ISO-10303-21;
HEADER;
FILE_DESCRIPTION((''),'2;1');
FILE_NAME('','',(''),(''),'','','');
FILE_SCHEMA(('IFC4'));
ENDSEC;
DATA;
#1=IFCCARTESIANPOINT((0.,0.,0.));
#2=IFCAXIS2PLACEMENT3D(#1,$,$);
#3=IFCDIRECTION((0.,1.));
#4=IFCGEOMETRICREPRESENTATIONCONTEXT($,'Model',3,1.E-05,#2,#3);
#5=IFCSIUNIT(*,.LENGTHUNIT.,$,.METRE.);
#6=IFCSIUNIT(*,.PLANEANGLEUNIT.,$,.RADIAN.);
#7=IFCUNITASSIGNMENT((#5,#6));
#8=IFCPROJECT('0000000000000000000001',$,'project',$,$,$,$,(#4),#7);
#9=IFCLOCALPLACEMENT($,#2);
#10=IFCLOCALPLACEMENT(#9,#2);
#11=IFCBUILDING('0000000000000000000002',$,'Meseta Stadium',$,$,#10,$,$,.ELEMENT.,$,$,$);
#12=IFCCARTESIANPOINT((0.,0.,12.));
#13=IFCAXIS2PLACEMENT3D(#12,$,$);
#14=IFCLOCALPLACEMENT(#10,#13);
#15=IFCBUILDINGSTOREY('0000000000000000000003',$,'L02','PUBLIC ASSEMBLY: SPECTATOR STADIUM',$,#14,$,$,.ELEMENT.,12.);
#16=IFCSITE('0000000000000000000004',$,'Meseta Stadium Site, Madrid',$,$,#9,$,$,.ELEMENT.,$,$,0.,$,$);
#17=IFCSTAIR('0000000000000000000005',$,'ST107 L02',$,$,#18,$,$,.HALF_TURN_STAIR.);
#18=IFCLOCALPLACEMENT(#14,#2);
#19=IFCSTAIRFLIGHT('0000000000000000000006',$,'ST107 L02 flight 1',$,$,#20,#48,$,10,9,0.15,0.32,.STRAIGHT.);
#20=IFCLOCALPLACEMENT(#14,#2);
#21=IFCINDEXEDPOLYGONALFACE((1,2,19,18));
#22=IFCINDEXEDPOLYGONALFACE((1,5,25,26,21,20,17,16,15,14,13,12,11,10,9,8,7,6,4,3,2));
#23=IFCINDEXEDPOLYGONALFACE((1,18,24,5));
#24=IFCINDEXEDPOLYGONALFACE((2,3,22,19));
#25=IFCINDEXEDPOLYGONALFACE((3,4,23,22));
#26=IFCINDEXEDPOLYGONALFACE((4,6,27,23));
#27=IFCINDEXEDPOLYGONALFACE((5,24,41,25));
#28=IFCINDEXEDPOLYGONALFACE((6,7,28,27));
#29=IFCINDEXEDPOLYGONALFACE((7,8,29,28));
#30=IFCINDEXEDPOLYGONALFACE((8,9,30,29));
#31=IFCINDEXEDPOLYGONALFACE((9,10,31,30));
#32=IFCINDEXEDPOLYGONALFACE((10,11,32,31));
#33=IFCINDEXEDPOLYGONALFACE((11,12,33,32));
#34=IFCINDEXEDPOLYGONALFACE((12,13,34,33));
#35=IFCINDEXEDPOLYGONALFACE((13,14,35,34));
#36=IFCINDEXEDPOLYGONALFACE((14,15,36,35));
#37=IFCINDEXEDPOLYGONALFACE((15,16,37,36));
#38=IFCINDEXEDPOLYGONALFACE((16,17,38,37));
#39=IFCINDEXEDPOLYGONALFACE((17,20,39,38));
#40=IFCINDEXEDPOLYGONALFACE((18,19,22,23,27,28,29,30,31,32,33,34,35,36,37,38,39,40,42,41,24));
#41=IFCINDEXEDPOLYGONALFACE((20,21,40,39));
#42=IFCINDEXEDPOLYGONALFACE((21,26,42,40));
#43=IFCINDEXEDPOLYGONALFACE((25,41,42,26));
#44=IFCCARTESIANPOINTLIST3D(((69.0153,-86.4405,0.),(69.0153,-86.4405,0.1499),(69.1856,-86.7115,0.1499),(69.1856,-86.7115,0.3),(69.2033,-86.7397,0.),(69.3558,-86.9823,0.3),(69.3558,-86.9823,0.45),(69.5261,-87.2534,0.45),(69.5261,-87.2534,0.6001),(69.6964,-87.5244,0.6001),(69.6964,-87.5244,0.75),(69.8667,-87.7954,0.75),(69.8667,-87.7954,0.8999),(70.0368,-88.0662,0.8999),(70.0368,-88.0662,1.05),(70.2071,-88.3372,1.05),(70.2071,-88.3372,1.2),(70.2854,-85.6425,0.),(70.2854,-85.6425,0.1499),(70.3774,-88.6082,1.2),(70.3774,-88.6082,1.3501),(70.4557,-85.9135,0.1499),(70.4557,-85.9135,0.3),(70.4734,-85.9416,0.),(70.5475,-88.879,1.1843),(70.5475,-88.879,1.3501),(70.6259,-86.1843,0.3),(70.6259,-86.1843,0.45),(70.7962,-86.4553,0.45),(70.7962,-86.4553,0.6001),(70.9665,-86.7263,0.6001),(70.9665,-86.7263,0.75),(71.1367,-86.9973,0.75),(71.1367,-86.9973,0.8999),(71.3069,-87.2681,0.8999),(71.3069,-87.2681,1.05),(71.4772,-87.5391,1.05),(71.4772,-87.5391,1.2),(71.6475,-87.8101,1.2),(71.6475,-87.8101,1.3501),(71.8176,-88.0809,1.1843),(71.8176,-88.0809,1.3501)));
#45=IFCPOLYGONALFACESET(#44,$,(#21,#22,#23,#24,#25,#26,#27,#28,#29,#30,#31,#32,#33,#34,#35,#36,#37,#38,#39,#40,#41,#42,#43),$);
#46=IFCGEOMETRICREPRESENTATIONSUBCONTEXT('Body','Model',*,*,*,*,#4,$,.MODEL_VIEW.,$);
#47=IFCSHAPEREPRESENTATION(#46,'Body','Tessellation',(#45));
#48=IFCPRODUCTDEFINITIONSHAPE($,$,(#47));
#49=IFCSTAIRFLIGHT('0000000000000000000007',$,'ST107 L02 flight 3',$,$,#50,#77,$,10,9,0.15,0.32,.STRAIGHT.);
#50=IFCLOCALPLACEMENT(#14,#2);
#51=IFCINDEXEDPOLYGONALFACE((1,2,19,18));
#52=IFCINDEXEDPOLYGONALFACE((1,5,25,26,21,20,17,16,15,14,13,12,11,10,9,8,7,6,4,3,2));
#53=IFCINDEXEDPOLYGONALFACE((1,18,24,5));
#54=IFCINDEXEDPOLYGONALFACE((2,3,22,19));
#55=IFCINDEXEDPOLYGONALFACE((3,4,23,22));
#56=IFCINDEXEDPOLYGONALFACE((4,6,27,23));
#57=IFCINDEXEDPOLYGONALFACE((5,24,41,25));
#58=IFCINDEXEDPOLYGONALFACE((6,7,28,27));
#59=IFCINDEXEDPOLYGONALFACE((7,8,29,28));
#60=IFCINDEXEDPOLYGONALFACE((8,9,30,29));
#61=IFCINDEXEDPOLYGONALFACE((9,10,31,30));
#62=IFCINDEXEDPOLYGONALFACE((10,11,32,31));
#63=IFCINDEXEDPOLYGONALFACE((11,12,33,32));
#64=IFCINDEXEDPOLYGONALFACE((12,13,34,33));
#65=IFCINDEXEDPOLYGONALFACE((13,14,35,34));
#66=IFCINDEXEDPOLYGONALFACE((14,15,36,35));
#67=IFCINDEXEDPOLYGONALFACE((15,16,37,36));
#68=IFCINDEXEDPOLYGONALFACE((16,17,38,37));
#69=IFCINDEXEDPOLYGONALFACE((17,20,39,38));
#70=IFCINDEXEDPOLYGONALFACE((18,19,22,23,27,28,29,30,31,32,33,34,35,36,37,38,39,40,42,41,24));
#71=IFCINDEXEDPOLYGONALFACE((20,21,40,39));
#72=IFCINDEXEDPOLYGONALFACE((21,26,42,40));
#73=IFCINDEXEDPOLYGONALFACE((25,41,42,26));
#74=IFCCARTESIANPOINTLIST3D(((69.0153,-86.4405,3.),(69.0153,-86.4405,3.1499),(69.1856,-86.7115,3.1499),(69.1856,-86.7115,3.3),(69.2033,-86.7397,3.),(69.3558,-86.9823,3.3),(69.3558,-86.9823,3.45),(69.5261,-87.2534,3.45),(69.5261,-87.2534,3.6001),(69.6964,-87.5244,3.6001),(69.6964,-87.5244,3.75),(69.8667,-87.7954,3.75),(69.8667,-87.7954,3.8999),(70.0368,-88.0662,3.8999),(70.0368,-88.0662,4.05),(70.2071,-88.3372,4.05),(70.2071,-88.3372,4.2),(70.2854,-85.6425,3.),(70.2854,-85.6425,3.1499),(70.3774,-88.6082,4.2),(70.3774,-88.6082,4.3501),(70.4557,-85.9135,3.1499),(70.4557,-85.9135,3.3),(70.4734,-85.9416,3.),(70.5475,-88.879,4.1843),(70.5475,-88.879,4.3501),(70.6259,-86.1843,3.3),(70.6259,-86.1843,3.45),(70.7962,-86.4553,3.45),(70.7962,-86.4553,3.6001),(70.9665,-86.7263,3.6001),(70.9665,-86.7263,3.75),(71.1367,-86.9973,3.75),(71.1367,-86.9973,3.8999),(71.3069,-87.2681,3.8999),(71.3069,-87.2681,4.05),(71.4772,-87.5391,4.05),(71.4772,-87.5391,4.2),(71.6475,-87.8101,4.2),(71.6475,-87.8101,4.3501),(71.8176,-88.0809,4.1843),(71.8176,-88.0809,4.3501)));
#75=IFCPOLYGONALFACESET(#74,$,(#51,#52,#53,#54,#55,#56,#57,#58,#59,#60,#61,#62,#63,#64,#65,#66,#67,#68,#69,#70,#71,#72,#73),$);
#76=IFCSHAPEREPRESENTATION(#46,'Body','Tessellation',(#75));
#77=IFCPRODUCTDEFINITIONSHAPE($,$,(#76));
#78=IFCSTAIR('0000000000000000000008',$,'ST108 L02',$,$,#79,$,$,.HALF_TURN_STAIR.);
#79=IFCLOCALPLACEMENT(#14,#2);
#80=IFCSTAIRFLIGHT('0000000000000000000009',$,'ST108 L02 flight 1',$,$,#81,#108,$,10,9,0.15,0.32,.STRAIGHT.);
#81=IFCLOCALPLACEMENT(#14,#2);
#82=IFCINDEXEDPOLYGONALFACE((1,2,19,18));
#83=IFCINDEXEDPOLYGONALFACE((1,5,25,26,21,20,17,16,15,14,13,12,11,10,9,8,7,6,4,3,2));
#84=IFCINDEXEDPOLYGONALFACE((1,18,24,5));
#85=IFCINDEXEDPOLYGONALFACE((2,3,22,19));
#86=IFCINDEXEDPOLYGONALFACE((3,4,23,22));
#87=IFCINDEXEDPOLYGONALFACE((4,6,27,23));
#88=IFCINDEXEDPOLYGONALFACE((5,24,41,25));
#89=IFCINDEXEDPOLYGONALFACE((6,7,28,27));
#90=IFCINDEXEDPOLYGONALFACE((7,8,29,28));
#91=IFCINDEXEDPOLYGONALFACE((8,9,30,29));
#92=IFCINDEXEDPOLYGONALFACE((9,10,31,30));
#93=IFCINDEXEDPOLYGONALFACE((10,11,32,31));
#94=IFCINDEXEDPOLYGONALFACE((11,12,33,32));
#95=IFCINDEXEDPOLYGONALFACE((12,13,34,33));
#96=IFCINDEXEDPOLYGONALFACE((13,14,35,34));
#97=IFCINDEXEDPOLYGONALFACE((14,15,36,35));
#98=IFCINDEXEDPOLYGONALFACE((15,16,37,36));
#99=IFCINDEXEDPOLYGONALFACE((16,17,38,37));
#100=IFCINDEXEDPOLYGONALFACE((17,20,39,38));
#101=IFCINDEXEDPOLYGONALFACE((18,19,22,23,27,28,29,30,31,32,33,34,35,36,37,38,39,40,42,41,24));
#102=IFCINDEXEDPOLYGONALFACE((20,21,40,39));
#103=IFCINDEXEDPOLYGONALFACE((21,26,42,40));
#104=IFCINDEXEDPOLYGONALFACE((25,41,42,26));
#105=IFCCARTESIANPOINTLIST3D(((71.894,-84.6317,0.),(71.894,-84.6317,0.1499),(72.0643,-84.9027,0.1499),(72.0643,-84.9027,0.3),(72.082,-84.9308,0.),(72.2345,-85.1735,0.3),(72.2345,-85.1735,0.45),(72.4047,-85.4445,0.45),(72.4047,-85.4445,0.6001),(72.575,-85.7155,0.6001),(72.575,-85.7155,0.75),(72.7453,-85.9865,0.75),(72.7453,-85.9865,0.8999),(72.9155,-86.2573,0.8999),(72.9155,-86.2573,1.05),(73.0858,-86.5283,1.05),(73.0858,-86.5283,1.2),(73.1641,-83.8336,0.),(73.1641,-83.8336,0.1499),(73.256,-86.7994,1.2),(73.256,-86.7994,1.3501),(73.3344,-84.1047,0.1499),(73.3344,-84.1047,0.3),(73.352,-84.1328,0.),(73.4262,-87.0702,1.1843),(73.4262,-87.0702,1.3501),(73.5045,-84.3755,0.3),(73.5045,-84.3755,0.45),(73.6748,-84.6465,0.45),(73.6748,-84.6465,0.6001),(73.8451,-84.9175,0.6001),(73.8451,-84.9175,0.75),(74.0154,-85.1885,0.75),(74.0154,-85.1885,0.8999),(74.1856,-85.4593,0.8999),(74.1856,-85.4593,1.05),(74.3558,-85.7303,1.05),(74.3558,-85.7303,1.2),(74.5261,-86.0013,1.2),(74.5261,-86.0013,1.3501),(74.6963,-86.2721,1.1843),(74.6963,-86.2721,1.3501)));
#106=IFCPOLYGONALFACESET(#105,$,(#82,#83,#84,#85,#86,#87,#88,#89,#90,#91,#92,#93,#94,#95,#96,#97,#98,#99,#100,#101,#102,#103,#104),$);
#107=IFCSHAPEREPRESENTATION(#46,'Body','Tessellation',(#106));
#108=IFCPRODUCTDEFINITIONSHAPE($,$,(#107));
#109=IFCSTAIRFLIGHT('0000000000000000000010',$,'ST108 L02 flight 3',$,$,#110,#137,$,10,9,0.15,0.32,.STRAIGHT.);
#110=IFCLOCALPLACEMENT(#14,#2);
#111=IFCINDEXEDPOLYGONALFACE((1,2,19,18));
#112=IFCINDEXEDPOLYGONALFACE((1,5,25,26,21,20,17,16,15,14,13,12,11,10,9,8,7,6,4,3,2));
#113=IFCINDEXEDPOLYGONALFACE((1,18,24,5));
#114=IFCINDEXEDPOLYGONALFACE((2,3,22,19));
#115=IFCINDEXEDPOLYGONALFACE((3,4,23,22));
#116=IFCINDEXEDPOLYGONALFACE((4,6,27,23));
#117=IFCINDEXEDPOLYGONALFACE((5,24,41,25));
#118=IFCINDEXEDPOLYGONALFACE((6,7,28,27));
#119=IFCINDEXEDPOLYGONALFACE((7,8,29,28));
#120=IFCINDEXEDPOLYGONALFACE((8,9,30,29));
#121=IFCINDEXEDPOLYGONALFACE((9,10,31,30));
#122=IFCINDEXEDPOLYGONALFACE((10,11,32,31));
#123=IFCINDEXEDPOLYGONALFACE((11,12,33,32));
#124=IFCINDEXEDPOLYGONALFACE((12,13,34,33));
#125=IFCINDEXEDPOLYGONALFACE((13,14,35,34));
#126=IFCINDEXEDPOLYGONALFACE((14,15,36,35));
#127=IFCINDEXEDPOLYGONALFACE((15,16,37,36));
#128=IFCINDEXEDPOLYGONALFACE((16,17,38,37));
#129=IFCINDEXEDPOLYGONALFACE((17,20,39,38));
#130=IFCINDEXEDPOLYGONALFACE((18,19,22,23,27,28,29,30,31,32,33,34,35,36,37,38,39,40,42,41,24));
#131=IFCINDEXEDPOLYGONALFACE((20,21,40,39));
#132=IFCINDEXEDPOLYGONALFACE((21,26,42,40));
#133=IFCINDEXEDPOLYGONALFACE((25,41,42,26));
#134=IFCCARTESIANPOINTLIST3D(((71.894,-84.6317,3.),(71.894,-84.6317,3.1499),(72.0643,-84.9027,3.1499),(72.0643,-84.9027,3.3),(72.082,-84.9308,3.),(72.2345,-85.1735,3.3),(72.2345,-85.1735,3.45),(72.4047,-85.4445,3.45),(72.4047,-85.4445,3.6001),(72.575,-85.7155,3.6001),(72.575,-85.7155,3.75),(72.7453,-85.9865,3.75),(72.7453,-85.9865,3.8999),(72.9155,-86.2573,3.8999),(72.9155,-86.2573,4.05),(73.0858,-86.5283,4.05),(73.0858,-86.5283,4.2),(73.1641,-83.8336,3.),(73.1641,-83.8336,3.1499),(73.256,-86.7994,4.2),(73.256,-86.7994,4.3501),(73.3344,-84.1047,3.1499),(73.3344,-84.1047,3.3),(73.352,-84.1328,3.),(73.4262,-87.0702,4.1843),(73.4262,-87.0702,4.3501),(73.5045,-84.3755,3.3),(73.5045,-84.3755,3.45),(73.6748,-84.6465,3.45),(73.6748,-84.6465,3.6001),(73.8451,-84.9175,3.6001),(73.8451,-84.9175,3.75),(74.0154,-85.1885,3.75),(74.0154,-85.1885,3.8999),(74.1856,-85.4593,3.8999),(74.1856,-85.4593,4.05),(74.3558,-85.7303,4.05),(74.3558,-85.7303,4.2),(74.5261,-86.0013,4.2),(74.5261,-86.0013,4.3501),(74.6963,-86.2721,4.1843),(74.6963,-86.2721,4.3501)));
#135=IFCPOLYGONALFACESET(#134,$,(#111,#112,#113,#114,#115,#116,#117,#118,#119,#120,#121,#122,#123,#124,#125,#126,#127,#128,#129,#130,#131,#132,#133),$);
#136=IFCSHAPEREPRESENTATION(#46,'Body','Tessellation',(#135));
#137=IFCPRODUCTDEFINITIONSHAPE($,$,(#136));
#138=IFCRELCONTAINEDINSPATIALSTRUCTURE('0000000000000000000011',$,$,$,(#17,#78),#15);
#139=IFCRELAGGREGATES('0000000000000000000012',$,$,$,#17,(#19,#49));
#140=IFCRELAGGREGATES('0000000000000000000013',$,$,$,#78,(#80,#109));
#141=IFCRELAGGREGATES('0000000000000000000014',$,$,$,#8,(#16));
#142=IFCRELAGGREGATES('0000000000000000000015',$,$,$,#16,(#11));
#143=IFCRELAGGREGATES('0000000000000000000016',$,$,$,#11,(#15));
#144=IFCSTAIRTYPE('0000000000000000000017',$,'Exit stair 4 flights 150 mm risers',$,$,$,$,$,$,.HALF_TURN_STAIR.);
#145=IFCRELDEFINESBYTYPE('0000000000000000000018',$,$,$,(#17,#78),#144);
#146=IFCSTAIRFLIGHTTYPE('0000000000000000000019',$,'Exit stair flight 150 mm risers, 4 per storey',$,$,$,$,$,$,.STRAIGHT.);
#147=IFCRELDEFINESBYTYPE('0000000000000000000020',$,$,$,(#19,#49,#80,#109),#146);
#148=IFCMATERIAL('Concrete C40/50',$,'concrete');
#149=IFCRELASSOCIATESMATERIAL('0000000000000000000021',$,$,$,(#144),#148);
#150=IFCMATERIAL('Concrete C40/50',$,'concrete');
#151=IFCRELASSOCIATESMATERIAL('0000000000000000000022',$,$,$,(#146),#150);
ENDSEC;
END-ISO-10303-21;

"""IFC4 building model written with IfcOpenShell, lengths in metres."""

from ifc_helpers import new_model, si_unit, direction, frame, origin, place, context, subcontext, project, spatial, polyline, outline, extrude, material, type_object, element, aggregate, save


model = new_model("IFC4")

# Units and contexts
model_context = context("Model", 3, precision=1e-05, world=origin(), true_north=direction((0.0, 1.0)))
body_context = subcontext(model_context, "Body", "Model", "MODEL_VIEW")
ifc_project = project(units=[si_unit("LENGTHUNIT", "METRE"), si_unit("PLANEANGLEUNIT", "RADIAN")], contexts=[model_context])

# Site, building, storey
site_placement = place(None, origin())
site = spatial("IfcSite", under=ifc_project, at=site_placement, Name="Meseta Stadium Site, Madrid", CompositionType="ELEMENT", RefElevation=0.0)
building_placement = place(site_placement, origin())
building = spatial("IfcBuilding", under=site, at=building_placement, Name="Meseta Stadium", CompositionType="ELEMENT")
storey_placement = place(building_placement, frame((0.0, 0.0, 12.0)))
storey = spatial("IfcBuildingStorey", under=building, at=storey_placement, Name="L02", Description="PUBLIC ASSEMBLY: SPECTATOR STADIUM", CompositionType="ELEMENT", Elevation=12.0)

# Shared definitions
ifc_material_1 = material(Name="Concrete C40/50", Category="concrete")
stair_type = type_object("IfcStairType", Name="Exit stair 4 flights 150 mm risers", PredefinedType="HALF_TURN_STAIR", material=ifc_material_1)
ifc_material_2 = material(Name="Concrete C40/50", Category="concrete")
stair_flight_type = type_object("IfcStairFlightType", Name="Exit stair flight 150 mm risers, 4 per storey", PredefinedType="STRAIGHT", material=ifc_material_2)

# Stairs, stair flights
stair_1_placement = place(storey_placement, origin())
stair_1 = element("IfcStair", 1, at=stair_1_placement, inside=storey, type_object=stair_type, Name="ST107 L02", PredefinedType="HALF_TURN_STAIR")
stair_flight_1_placement = place(storey_placement, frame((69.6504, -86.0415, 0.0), z_axis=(0.0, 0.0, 1.0), x_axis=(0.532032, -0.846724, 0.0)))
stair_flight_1 = element("IfcStairFlight", 2, at=stair_flight_1_placement, type_object=stair_flight_type, Name="ST107 L02 flight 1", NumberOfRisers=10, NumberOfTreads=9, PredefinedType="STRAIGHT", RiserHeight=0.15, TreadLength=0.32, context=body_context, shape_type="SweptSolid", body=[
    extrude(outline(polyline([(0.0, 0.0), (0.0, 0.1499), (0.3201, 0.1499), (0.3201, 0.3), (0.6399, 0.3), (0.6399, 0.45), (0.96, 0.45), (0.96, 0.6001), (1.28, 0.6001), (1.28, 0.75), (1.6001, 0.75), (1.6001, 0.8999), (1.9199, 0.8999), (1.9199, 1.05), (2.24, 1.05), (2.24, 1.2), (2.5601, 1.2), (2.5601, 1.3501), (2.8799, 1.3501), (2.8799, 1.1843), (0.3533, 0.0), (0.0, 0.0)])), frame((0.0, 0.75, 0.0), z_axis=(0.0, -1.0, 0.0), x_axis=(1.0, 0.0, 0.0)), (0.0, 0.0, 1.0), 1.5),
])
stair_flight_2_placement = place(storey_placement, frame((69.6504, -86.0415, 3.0), z_axis=(0.0, 0.0, 1.0), x_axis=(0.532032, -0.846724, 0.0)))
stair_flight_2 = element("IfcStairFlight", 3, at=stair_flight_2_placement, type_object=stair_flight_type, Name="ST107 L02 flight 3", NumberOfRisers=10, NumberOfTreads=9, PredefinedType="STRAIGHT", RiserHeight=0.15, TreadLength=0.32, context=body_context, shape_type="SweptSolid", body=[
    extrude(outline(polyline([(0.0, 0.0), (0.0, 0.1499), (0.3201, 0.1499), (0.3201, 0.3), (0.6399, 0.3), (0.6399, 0.45), (0.96, 0.45), (0.96, 0.6001), (1.28, 0.6001), (1.28, 0.75), (1.6001, 0.75), (1.6001, 0.8999), (1.9199, 0.8999), (1.9199, 1.05), (2.24, 1.05), (2.24, 1.2), (2.5601, 1.2), (2.5601, 1.3501), (2.8799, 1.3501), (2.8799, 1.1843), (0.3533, 0.0), (0.0, 0.0)])), frame((0.0, 0.75, 0.0), z_axis=(0.0, -1.0, 0.0), x_axis=(1.0, 0.0, 0.0)), (0.0, 0.0, 1.0), 1.5),
])
aggregate(stair_1, [stair_flight_1, stair_flight_2])
stair_2_placement = place(storey_placement, origin())
stair_2 = element("IfcStair", 4, at=stair_2_placement, inside=storey, type_object=stair_type, Name="ST108 L02", PredefinedType="HALF_TURN_STAIR")
stair_flight_3_placement = place(storey_placement, frame((72.5291, -84.2327, 0.0), z_axis=(0.0, 0.0, 1.0), x_axis=(0.532032, -0.846724, 0.0)))
stair_flight_3 = element("IfcStairFlight", 5, at=stair_flight_3_placement, type_object=stair_flight_type, Name="ST108 L02 flight 1", NumberOfRisers=10, NumberOfTreads=9, PredefinedType="STRAIGHT", RiserHeight=0.15, TreadLength=0.32, context=body_context, shape_type="SweptSolid", body=[
    extrude(outline(polyline([(0.0, 0.0), (0.0, 0.1499), (0.3201, 0.1499), (0.3201, 0.3), (0.6399, 0.3), (0.6399, 0.45), (0.96, 0.45), (0.96, 0.6001), (1.28, 0.6001), (1.28, 0.75), (1.6001, 0.75), (1.6001, 0.8999), (1.9199, 0.8999), (1.9199, 1.05), (2.24, 1.05), (2.24, 1.2), (2.5601, 1.2), (2.5601, 1.3501), (2.8799, 1.3501), (2.8799, 1.1843), (0.3533, 0.0), (0.0, 0.0)])), frame((0.0, 0.75, 0.0), z_axis=(0.0, -1.0, 0.0), x_axis=(1.0, 0.0, 0.0)), (0.0, 0.0, 1.0), 1.5),
])
stair_flight_4_placement = place(storey_placement, frame((72.5291, -84.2327, 3.0), z_axis=(0.0, 0.0, 1.0), x_axis=(0.532032, -0.846724, 0.0)))
stair_flight_4 = element("IfcStairFlight", 6, at=stair_flight_4_placement, type_object=stair_flight_type, Name="ST108 L02 flight 3", NumberOfRisers=10, NumberOfTreads=9, PredefinedType="STRAIGHT", RiserHeight=0.15, TreadLength=0.32, context=body_context, shape_type="SweptSolid", body=[
    extrude(outline(polyline([(0.0, 0.0), (0.0, 0.1499), (0.3201, 0.1499), (0.3201, 0.3), (0.6399, 0.3), (0.6399, 0.45), (0.96, 0.45), (0.96, 0.6001), (1.28, 0.6001), (1.28, 0.75), (1.6001, 0.75), (1.6001, 0.8999), (1.9199, 0.8999), (1.9199, 1.05), (2.24, 1.05), (2.24, 1.2), (2.5601, 1.2), (2.5601, 1.3501), (2.8799, 1.3501), (2.8799, 1.1843), (0.3533, 0.0), (0.0, 0.0)])), frame((0.0, 0.75, 0.0), z_axis=(0.0, -1.0, 0.0), x_axis=(1.0, 0.0, 0.0)), (0.0, 0.0, 1.0), 1.5),
])
aggregate(stair_2, [stair_flight_3, stair_flight_4])

save(model, "model.ifc")
